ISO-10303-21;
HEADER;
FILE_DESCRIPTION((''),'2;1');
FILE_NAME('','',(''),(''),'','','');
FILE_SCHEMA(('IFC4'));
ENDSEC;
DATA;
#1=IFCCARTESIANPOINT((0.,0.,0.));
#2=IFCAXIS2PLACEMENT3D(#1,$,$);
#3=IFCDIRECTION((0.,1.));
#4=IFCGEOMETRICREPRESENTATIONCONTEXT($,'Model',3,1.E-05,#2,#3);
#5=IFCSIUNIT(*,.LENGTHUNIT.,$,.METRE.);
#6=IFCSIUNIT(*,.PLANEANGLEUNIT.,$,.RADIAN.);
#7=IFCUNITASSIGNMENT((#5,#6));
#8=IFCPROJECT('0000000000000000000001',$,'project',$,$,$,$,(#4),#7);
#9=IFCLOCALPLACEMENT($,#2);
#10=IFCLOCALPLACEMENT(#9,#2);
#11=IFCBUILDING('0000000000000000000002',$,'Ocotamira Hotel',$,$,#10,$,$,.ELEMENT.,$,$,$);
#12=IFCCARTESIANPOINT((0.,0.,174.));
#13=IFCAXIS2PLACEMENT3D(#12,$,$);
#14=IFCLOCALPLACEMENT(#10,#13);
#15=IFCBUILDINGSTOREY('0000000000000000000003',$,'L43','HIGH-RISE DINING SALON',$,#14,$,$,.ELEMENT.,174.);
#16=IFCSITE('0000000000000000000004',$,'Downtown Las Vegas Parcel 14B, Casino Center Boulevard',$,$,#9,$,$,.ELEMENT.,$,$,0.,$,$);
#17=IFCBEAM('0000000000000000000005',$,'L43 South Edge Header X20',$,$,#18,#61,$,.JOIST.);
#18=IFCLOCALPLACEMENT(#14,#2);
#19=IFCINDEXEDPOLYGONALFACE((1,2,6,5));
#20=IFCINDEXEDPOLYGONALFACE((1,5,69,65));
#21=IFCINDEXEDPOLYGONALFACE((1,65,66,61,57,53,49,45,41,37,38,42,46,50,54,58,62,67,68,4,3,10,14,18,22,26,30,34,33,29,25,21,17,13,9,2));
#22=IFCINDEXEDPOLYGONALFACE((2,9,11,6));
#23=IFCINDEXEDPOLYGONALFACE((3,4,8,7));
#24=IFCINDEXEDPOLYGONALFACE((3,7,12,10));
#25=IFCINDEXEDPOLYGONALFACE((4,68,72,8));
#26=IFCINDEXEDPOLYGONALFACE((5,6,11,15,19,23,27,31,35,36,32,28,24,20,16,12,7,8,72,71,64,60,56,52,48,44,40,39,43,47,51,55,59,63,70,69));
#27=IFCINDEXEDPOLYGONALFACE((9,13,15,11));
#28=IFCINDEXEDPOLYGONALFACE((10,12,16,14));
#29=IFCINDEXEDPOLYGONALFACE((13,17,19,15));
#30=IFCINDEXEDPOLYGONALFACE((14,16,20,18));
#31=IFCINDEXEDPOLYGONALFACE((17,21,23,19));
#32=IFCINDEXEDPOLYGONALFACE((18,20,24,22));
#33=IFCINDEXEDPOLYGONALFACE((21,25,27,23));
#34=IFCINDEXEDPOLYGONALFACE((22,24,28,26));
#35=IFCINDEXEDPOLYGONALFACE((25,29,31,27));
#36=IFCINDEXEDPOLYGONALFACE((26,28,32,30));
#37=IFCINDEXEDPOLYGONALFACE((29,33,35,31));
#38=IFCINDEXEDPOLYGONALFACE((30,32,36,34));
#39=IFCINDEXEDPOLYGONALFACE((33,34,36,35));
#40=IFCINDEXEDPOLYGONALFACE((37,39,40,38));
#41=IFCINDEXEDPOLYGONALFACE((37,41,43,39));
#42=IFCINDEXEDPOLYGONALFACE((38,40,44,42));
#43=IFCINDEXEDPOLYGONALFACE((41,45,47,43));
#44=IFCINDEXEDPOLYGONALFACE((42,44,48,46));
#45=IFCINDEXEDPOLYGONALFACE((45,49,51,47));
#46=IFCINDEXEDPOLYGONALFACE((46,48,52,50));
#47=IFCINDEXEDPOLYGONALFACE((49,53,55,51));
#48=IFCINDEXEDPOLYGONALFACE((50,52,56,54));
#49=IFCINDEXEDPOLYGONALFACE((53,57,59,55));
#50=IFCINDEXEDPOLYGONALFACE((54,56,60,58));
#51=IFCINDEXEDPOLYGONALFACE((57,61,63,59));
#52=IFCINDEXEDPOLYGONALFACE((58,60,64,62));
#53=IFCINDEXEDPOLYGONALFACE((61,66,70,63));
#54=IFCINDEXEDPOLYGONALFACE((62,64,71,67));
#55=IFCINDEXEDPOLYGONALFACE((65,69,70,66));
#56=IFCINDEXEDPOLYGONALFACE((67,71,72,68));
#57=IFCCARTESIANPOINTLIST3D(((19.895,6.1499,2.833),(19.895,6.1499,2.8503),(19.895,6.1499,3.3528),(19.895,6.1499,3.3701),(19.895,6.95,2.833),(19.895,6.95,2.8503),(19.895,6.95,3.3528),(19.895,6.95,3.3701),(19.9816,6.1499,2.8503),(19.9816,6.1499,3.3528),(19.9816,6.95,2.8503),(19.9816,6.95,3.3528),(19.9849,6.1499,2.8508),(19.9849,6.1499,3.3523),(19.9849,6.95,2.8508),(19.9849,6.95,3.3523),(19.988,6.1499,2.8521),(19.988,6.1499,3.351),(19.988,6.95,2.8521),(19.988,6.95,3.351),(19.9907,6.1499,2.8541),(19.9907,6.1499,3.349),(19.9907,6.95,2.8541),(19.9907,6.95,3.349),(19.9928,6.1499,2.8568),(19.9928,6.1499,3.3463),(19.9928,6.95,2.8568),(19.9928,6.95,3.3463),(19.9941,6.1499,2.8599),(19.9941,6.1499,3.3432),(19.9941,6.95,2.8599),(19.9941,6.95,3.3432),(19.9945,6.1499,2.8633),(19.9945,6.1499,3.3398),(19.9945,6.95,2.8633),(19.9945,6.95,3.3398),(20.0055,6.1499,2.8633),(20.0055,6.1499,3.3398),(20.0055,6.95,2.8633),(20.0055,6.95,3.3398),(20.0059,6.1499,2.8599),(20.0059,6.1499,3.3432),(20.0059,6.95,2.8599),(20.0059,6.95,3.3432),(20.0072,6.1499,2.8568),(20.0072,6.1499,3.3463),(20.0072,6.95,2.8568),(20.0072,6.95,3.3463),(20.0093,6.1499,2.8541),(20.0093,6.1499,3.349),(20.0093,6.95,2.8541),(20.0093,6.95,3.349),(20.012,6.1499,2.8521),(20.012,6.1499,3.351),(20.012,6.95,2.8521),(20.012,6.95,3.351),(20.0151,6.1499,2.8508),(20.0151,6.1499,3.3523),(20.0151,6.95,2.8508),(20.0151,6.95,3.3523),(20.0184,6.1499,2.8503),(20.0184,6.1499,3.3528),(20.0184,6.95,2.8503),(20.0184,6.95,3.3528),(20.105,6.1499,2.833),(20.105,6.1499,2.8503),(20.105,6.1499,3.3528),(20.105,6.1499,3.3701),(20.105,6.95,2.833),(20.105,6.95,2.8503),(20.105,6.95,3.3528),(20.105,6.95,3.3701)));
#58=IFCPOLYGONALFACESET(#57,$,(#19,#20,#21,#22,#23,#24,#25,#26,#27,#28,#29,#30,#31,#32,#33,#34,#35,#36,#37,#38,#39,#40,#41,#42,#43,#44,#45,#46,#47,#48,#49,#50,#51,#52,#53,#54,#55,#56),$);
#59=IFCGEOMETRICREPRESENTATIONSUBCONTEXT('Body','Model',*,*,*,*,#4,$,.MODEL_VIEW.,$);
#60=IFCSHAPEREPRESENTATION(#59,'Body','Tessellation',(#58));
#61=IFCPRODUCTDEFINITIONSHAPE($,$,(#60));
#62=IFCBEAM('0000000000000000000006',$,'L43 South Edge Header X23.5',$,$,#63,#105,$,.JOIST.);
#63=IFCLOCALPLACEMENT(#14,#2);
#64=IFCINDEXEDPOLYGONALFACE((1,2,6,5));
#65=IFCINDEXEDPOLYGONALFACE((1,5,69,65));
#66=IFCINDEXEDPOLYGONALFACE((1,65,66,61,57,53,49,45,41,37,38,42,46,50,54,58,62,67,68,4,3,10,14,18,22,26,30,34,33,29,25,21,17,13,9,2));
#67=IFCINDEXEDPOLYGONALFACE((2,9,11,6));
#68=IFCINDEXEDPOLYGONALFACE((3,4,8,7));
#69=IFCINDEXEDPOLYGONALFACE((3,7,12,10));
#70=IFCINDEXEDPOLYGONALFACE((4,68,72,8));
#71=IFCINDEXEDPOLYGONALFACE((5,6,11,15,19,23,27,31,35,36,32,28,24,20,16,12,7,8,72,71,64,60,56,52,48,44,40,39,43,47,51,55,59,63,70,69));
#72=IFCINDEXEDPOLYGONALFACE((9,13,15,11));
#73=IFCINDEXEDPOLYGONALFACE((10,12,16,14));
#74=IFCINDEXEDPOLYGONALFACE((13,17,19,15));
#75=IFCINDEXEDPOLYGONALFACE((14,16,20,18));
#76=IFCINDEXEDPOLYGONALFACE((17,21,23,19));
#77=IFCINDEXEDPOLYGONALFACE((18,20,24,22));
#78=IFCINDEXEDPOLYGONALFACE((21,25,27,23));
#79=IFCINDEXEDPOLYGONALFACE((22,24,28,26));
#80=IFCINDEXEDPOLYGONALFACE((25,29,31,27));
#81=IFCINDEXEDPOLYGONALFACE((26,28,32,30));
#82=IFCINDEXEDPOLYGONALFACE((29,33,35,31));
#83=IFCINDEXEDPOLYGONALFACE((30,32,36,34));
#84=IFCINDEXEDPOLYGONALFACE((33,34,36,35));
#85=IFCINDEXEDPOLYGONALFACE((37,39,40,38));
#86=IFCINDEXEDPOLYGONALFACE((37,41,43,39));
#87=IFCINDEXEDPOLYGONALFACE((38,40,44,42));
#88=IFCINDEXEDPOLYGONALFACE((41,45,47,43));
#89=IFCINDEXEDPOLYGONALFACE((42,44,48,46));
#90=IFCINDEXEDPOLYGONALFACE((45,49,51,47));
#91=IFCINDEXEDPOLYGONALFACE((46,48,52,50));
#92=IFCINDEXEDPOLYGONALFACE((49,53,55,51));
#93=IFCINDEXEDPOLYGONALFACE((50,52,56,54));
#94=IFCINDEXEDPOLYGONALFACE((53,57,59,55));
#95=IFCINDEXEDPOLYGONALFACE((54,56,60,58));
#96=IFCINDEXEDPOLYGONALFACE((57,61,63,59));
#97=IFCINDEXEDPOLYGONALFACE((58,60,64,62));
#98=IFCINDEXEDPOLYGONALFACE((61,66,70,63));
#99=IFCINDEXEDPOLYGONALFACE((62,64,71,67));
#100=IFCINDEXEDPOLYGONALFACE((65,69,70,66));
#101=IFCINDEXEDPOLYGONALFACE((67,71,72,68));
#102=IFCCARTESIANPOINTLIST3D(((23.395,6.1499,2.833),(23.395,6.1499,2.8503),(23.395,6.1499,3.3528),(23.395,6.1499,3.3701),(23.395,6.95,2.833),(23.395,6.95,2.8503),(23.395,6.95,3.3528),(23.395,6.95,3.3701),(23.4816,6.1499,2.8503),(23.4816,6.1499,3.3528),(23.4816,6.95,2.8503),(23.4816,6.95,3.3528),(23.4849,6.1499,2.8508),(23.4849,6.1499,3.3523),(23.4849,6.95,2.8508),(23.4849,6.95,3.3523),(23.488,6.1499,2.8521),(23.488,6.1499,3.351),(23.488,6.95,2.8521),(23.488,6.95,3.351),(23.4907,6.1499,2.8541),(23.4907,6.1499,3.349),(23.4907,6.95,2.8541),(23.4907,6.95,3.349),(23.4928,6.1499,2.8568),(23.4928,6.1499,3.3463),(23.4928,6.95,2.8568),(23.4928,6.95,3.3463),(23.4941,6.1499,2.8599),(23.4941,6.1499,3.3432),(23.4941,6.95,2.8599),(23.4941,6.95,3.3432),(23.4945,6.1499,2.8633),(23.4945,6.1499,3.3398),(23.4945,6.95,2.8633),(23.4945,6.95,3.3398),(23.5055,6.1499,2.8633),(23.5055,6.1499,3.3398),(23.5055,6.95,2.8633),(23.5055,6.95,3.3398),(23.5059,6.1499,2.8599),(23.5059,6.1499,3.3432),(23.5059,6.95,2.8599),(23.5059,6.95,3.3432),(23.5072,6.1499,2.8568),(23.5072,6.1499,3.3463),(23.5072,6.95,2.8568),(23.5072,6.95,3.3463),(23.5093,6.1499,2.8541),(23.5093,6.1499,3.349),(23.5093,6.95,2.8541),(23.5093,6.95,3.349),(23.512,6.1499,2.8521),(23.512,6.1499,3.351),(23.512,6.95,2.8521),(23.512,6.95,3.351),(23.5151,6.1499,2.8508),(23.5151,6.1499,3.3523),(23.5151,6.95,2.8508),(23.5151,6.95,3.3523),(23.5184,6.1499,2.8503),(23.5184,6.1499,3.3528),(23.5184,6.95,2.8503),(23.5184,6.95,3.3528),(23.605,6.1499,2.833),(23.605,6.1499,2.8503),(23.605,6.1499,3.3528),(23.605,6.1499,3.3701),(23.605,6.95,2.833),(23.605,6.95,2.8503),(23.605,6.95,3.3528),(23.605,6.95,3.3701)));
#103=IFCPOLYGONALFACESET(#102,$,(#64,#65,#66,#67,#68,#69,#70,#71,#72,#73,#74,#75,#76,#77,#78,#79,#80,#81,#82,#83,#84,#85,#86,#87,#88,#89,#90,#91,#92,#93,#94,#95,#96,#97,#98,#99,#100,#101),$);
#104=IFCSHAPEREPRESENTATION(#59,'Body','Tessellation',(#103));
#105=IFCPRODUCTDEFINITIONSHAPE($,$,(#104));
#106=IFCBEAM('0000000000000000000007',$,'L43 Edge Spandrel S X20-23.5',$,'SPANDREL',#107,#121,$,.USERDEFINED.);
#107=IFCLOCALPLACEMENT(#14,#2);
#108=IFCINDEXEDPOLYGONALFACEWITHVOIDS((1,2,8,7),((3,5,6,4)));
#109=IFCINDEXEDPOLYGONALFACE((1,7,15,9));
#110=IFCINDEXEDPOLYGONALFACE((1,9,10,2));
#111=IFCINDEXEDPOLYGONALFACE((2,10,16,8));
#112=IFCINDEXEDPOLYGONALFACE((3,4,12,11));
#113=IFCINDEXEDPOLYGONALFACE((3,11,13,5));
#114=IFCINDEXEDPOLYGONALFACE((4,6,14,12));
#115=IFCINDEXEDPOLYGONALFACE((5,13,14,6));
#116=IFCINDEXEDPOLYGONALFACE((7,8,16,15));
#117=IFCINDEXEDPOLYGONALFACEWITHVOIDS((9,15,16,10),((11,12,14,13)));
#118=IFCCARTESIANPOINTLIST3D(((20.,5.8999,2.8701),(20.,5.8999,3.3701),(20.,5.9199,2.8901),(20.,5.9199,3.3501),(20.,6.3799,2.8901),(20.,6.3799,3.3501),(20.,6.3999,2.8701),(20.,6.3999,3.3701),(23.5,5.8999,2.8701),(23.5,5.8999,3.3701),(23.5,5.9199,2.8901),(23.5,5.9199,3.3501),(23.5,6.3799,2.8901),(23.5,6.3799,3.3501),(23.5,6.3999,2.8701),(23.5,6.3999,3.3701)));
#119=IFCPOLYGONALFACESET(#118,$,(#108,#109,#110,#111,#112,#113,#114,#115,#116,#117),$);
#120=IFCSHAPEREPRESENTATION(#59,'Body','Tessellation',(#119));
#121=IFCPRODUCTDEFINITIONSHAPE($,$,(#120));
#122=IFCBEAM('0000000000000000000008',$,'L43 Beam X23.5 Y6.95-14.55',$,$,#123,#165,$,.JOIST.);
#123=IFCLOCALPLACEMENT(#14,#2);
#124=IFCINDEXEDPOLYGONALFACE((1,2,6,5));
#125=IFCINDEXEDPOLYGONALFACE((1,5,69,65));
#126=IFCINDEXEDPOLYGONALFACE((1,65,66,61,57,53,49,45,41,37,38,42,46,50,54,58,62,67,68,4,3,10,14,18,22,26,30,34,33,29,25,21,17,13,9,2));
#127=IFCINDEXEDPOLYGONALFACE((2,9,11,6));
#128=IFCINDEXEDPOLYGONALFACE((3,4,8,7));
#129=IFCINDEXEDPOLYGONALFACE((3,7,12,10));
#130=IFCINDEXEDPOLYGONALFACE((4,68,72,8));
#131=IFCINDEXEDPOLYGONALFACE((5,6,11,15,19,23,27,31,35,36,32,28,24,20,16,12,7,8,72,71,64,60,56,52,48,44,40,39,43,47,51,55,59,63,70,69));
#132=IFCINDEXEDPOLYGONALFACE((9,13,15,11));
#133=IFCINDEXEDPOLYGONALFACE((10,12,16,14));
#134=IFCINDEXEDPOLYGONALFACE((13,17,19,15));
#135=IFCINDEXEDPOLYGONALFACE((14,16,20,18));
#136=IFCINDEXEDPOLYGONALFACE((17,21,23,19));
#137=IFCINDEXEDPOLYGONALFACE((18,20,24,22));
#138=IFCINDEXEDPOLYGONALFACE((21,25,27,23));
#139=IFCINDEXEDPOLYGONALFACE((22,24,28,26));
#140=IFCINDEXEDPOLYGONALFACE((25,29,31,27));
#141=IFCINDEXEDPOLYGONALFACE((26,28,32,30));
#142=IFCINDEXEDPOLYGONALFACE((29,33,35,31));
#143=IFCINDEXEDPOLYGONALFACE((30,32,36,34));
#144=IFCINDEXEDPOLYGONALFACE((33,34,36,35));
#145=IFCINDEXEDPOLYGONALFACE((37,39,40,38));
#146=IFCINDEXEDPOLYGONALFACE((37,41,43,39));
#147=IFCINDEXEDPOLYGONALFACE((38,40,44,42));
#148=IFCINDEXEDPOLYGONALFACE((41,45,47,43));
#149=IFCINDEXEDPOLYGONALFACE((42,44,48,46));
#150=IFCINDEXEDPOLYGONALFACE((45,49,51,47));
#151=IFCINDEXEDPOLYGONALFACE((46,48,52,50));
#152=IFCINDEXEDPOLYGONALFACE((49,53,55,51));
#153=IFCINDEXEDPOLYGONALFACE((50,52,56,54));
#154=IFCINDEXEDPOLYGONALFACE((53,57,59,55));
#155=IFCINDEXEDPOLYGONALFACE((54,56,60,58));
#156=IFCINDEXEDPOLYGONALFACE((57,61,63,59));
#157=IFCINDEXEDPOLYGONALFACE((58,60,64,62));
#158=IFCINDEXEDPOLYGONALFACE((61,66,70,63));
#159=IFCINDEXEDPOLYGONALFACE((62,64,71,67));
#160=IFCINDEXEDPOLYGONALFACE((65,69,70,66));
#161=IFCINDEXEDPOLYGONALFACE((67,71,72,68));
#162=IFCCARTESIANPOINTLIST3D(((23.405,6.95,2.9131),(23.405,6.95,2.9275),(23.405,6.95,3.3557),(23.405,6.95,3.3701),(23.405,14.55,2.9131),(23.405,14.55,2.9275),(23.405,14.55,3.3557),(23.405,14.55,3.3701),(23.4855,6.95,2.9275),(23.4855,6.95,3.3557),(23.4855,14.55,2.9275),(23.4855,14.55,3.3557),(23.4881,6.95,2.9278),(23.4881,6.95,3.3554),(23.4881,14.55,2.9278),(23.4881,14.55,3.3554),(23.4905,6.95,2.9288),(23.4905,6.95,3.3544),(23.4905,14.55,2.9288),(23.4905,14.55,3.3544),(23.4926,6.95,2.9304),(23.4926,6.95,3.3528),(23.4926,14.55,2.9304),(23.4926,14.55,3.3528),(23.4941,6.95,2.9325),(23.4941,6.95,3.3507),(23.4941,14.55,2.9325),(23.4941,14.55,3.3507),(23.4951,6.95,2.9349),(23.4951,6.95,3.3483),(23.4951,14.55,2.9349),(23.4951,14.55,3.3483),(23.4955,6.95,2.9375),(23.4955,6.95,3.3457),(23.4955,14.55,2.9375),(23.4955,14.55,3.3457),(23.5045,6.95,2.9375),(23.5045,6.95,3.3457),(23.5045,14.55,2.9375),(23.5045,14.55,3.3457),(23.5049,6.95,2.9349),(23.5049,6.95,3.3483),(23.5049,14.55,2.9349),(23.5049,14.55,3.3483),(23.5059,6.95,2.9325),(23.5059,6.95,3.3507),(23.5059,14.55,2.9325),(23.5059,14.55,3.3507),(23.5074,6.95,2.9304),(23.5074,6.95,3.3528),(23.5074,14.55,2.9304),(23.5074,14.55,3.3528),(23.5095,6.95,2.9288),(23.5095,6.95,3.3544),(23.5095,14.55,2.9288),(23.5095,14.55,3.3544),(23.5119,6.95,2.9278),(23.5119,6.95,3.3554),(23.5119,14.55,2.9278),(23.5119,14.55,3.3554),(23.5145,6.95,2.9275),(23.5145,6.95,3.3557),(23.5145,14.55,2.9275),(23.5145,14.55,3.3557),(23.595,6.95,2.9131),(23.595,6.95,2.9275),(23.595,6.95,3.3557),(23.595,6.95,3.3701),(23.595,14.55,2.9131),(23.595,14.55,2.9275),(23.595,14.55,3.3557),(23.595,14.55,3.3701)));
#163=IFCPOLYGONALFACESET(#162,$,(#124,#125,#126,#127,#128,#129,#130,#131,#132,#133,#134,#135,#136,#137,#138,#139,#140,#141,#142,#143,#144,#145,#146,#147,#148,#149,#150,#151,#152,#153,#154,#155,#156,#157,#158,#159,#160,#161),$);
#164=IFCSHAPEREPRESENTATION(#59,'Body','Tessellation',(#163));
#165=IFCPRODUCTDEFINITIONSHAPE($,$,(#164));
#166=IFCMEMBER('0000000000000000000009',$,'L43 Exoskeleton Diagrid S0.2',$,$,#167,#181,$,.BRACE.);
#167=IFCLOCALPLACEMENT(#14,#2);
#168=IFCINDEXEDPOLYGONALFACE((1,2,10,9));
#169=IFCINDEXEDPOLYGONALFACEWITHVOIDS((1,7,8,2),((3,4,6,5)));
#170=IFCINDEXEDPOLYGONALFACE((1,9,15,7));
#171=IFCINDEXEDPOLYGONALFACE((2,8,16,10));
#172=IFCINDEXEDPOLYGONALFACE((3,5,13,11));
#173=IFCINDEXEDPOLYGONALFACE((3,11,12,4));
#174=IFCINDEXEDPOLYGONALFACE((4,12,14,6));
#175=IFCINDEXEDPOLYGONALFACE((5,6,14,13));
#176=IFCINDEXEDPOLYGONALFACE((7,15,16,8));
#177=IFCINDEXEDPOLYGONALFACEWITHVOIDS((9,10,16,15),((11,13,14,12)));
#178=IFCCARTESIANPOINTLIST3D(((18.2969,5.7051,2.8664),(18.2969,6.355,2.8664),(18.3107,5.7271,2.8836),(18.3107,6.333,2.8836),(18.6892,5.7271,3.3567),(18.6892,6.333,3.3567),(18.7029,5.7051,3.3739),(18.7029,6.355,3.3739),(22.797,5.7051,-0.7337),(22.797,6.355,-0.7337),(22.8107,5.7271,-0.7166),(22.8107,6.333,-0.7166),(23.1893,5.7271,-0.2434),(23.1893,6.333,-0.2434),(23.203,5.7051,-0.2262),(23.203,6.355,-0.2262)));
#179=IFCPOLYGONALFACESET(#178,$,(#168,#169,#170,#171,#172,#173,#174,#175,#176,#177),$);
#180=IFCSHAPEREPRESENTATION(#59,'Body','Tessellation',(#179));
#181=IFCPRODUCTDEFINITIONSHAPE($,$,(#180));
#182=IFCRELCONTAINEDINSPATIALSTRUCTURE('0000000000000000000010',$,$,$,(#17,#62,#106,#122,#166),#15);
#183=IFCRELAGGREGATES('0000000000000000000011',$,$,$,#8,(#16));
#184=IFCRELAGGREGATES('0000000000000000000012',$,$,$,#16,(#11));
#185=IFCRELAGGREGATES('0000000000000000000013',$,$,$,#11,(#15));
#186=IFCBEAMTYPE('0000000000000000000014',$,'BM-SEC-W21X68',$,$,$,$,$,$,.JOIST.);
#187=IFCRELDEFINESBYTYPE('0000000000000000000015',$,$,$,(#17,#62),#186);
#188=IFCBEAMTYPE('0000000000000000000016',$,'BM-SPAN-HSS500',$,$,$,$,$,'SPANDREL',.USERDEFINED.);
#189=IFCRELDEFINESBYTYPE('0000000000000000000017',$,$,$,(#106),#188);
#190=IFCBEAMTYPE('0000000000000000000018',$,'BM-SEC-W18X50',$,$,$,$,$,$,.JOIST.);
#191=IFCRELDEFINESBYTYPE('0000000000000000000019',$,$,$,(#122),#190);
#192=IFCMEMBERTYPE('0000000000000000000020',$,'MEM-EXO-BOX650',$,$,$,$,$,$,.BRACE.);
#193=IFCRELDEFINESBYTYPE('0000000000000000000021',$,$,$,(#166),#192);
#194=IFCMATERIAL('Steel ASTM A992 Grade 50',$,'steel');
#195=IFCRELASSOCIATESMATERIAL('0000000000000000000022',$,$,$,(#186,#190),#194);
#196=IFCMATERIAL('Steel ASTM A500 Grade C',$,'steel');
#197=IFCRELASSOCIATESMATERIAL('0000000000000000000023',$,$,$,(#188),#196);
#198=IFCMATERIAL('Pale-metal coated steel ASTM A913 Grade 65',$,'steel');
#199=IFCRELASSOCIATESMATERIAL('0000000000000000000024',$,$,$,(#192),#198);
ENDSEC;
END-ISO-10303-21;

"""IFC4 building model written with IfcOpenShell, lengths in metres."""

from ifc_helpers import new_model, si_unit, direction, frame, origin, origin_2d, place, context, subcontext, project, spatial, hollow_rectangle, i_section, extrude, source, transform, mapped, material, material_profile, profile_set, type_object, element, save


model = new_model("IFC4")

# Units and contexts
model_context = context("Model", 3, precision=1e-05, world=origin(), true_north=direction((0.0, 1.0)))
body_context = subcontext(model_context, "Body", "Model", "MODEL_VIEW")
ifc_project = project(units=[si_unit("LENGTHUNIT", "METRE"), si_unit("PLANEANGLEUNIT", "RADIAN")], contexts=[model_context])

# Site, building, storey
site_placement = place(None, origin())
site = spatial("IfcSite", under=ifc_project, at=site_placement, Name="Downtown Las Vegas Parcel 14B, Casino Center Boulevard", CompositionType="ELEMENT", RefElevation=0.0)
building_placement = place(site_placement, origin())
building = spatial("IfcBuilding", under=site, at=building_placement, Name="Ocotamira Hotel", CompositionType="ELEMENT")
storey_placement = place(building_placement, frame((0.0, 0.0, 174.0)))
storey = spatial("IfcBuildingStorey", under=building, at=storey_placement, Name="L43", Description="HIGH-RISE DINING SALON", CompositionType="ELEMENT", Elevation=174.0)

# Beams
ifc_material_1 = material(Name="Steel ASTM A992 Grade 50", Category="steel")
ifc_material_profile_1 = material_profile(ifc_material_1, i_section(OverallWidth=0.21, OverallDepth=0.5371, WebThickness=0.011, FlangeThickness=0.0173, FilletRadius=0.0129, at=origin_2d()), Name="W21X68")
ifc_profile_set_1 = profile_set([ifc_material_profile_1], Name="Steel ASTM A992 Grade 50")
beam_type_1 = type_object("IfcBeamType", Name="BM-SEC-W21X68", PredefinedType="JOIST", material=ifc_profile_set_1)
shared_shape_1 = source(origin(), body_context, "Body", "SweptSolid", [
    extrude(i_section(OverallWidth=0.21, OverallDepth=0.5371, WebThickness=0.011, FlangeThickness=0.0173, FilletRadius=0.0129, at=origin_2d()), origin(), (0.0, 0.0, 1.0), 0.8),
])
for number, where, z_axis, x_axis, name in (
    (1, (20.0, 6.95, 3.1016), (0.0, -1.0, 0.0), (1.0, 0.0, 0.0), "L43 South Edge Header X20"),
    (2, (23.5, 6.95, 3.1016), (0.0, -1.0, 0.0), (1.0, 0.0, 0.0), "L43 South Edge Header X23.5"),
):
    element("IfcBeam", number, at=place(storey_placement, frame(where, z_axis=z_axis, x_axis=x_axis)), inside=storey, type_object=beam_type_1, Name=name, PredefinedType="JOIST", context=body_context, shape_type="MappedRepresentation", body=[
        mapped(shared_shape_1, transform((0.0, 0.0, 0.0), scale=1.0)),
    ])
ifc_material_2 = material(Name="Steel ASTM A500 Grade C", Category="steel")
ifc_material_profile_2 = material_profile(ifc_material_2, hollow_rectangle(XDim=0.5, YDim=0.5, WallThickness=0.02, at=origin_2d()), Name="HSS500X500X20")
ifc_profile_set_2 = profile_set([ifc_material_profile_2], Name="Steel ASTM A500 Grade C")
beam_type_2 = type_object("IfcBeamType", Name="BM-SPAN-HSS500", ElementType="SPANDREL", PredefinedType="USERDEFINED", material=ifc_profile_set_2)
shared_shape_2 = source(origin(), body_context, "Body", "SweptSolid", [
    extrude(hollow_rectangle(XDim=0.5, YDim=0.5, WallThickness=0.02, at=origin_2d()), origin(), (0.0, 0.0, 1.0), 3.5),
])
beam_1_placement = place(storey_placement, frame((20.0, 6.1499, 3.1201), z_axis=(1.0, 0.0, 0.0), x_axis=(0.0, 1.0, 0.0)))
element("IfcBeam", 3, at=beam_1_placement, inside=storey, type_object=beam_type_2, Name="L43 Edge Spandrel S X20-23.5", ObjectType="SPANDREL", PredefinedType="USERDEFINED", context=body_context, shape_type="MappedRepresentation", body=[
    mapped(shared_shape_2, transform((0.0, 0.0, 0.0), scale=1.0)),
])
ifc_material_profile_3 = material_profile(ifc_material_1, i_section(OverallWidth=0.1899, OverallDepth=0.457, WebThickness=0.009, FlangeThickness=0.0144, FilletRadius=0.01, at=origin_2d()), Name="W18X50")
ifc_profile_set_3 = profile_set([ifc_material_profile_3], Name="Steel ASTM A992 Grade 50")
beam_type_3 = type_object("IfcBeamType", Name="BM-SEC-W18X50", PredefinedType="JOIST", material=ifc_profile_set_3)
shared_shape_3 = source(origin(), body_context, "Body", "SweptSolid", [
    extrude(i_section(OverallWidth=0.1899, OverallDepth=0.457, WebThickness=0.009, FlangeThickness=0.0144, FilletRadius=0.01, at=origin_2d()), origin(), (0.0, 0.0, 1.0), 7.6001),
])
beam_2_placement = place(storey_placement, frame((23.5, 6.95, 3.1416), z_axis=(0.0, 1.0, 0.0), x_axis=(-1.0, 0.0, 0.0)))
element("IfcBeam", 4, at=beam_2_placement, inside=storey, type_object=beam_type_3, Name="L43 Beam X23.5 Y6.95-14.55", PredefinedType="JOIST", context=body_context, shape_type="MappedRepresentation", body=[
    mapped(shared_shape_3, transform((0.0, 0.0, 0.0), scale=1.0)),
])

# Member
ifc_material_3 = material(Name="Pale-metal coated steel ASTM A913 Grade 65", Category="steel")
ifc_material_profile_4 = material_profile(ifc_material_3, hollow_rectangle(XDim=0.6499, YDim=0.6499, WallThickness=0.022, at=origin_2d()), Name="BOX650X650X22")
ifc_profile_set_4 = profile_set([ifc_material_profile_4], Name="Pale-metal coated steel ASTM A913 Grade 65")
member_type_1 = type_object("IfcMemberType", Name="MEM-EXO-BOX650", PredefinedType="BRACE", material=ifc_profile_set_4)
shared_shape_4 = source(origin(), body_context, "Body", "SweptSolid", [
    extrude(hollow_rectangle(XDim=0.6499, YDim=0.6499, WallThickness=0.022, at=origin_2d()), origin(), (0.0, 0.0, 1.0), 5.7629),
])
member_1_placement = place(storey_placement, frame((23.0, 6.03, -0.48), z_axis=(-0.780861, 0.0, 0.624705), x_axis=(0.0, -1.0, 0.0)))
element("IfcMember", 5, at=member_1_placement, inside=storey, type_object=member_type_1, Name="L43 Exoskeleton Diagrid S0.2", PredefinedType="BRACE", context=body_context, shape_type="MappedRepresentation", body=[
    mapped(shared_shape_4, transform((0.0, 0.0, 0.0), scale=1.0)),
])

save(model, "model.ifc")
